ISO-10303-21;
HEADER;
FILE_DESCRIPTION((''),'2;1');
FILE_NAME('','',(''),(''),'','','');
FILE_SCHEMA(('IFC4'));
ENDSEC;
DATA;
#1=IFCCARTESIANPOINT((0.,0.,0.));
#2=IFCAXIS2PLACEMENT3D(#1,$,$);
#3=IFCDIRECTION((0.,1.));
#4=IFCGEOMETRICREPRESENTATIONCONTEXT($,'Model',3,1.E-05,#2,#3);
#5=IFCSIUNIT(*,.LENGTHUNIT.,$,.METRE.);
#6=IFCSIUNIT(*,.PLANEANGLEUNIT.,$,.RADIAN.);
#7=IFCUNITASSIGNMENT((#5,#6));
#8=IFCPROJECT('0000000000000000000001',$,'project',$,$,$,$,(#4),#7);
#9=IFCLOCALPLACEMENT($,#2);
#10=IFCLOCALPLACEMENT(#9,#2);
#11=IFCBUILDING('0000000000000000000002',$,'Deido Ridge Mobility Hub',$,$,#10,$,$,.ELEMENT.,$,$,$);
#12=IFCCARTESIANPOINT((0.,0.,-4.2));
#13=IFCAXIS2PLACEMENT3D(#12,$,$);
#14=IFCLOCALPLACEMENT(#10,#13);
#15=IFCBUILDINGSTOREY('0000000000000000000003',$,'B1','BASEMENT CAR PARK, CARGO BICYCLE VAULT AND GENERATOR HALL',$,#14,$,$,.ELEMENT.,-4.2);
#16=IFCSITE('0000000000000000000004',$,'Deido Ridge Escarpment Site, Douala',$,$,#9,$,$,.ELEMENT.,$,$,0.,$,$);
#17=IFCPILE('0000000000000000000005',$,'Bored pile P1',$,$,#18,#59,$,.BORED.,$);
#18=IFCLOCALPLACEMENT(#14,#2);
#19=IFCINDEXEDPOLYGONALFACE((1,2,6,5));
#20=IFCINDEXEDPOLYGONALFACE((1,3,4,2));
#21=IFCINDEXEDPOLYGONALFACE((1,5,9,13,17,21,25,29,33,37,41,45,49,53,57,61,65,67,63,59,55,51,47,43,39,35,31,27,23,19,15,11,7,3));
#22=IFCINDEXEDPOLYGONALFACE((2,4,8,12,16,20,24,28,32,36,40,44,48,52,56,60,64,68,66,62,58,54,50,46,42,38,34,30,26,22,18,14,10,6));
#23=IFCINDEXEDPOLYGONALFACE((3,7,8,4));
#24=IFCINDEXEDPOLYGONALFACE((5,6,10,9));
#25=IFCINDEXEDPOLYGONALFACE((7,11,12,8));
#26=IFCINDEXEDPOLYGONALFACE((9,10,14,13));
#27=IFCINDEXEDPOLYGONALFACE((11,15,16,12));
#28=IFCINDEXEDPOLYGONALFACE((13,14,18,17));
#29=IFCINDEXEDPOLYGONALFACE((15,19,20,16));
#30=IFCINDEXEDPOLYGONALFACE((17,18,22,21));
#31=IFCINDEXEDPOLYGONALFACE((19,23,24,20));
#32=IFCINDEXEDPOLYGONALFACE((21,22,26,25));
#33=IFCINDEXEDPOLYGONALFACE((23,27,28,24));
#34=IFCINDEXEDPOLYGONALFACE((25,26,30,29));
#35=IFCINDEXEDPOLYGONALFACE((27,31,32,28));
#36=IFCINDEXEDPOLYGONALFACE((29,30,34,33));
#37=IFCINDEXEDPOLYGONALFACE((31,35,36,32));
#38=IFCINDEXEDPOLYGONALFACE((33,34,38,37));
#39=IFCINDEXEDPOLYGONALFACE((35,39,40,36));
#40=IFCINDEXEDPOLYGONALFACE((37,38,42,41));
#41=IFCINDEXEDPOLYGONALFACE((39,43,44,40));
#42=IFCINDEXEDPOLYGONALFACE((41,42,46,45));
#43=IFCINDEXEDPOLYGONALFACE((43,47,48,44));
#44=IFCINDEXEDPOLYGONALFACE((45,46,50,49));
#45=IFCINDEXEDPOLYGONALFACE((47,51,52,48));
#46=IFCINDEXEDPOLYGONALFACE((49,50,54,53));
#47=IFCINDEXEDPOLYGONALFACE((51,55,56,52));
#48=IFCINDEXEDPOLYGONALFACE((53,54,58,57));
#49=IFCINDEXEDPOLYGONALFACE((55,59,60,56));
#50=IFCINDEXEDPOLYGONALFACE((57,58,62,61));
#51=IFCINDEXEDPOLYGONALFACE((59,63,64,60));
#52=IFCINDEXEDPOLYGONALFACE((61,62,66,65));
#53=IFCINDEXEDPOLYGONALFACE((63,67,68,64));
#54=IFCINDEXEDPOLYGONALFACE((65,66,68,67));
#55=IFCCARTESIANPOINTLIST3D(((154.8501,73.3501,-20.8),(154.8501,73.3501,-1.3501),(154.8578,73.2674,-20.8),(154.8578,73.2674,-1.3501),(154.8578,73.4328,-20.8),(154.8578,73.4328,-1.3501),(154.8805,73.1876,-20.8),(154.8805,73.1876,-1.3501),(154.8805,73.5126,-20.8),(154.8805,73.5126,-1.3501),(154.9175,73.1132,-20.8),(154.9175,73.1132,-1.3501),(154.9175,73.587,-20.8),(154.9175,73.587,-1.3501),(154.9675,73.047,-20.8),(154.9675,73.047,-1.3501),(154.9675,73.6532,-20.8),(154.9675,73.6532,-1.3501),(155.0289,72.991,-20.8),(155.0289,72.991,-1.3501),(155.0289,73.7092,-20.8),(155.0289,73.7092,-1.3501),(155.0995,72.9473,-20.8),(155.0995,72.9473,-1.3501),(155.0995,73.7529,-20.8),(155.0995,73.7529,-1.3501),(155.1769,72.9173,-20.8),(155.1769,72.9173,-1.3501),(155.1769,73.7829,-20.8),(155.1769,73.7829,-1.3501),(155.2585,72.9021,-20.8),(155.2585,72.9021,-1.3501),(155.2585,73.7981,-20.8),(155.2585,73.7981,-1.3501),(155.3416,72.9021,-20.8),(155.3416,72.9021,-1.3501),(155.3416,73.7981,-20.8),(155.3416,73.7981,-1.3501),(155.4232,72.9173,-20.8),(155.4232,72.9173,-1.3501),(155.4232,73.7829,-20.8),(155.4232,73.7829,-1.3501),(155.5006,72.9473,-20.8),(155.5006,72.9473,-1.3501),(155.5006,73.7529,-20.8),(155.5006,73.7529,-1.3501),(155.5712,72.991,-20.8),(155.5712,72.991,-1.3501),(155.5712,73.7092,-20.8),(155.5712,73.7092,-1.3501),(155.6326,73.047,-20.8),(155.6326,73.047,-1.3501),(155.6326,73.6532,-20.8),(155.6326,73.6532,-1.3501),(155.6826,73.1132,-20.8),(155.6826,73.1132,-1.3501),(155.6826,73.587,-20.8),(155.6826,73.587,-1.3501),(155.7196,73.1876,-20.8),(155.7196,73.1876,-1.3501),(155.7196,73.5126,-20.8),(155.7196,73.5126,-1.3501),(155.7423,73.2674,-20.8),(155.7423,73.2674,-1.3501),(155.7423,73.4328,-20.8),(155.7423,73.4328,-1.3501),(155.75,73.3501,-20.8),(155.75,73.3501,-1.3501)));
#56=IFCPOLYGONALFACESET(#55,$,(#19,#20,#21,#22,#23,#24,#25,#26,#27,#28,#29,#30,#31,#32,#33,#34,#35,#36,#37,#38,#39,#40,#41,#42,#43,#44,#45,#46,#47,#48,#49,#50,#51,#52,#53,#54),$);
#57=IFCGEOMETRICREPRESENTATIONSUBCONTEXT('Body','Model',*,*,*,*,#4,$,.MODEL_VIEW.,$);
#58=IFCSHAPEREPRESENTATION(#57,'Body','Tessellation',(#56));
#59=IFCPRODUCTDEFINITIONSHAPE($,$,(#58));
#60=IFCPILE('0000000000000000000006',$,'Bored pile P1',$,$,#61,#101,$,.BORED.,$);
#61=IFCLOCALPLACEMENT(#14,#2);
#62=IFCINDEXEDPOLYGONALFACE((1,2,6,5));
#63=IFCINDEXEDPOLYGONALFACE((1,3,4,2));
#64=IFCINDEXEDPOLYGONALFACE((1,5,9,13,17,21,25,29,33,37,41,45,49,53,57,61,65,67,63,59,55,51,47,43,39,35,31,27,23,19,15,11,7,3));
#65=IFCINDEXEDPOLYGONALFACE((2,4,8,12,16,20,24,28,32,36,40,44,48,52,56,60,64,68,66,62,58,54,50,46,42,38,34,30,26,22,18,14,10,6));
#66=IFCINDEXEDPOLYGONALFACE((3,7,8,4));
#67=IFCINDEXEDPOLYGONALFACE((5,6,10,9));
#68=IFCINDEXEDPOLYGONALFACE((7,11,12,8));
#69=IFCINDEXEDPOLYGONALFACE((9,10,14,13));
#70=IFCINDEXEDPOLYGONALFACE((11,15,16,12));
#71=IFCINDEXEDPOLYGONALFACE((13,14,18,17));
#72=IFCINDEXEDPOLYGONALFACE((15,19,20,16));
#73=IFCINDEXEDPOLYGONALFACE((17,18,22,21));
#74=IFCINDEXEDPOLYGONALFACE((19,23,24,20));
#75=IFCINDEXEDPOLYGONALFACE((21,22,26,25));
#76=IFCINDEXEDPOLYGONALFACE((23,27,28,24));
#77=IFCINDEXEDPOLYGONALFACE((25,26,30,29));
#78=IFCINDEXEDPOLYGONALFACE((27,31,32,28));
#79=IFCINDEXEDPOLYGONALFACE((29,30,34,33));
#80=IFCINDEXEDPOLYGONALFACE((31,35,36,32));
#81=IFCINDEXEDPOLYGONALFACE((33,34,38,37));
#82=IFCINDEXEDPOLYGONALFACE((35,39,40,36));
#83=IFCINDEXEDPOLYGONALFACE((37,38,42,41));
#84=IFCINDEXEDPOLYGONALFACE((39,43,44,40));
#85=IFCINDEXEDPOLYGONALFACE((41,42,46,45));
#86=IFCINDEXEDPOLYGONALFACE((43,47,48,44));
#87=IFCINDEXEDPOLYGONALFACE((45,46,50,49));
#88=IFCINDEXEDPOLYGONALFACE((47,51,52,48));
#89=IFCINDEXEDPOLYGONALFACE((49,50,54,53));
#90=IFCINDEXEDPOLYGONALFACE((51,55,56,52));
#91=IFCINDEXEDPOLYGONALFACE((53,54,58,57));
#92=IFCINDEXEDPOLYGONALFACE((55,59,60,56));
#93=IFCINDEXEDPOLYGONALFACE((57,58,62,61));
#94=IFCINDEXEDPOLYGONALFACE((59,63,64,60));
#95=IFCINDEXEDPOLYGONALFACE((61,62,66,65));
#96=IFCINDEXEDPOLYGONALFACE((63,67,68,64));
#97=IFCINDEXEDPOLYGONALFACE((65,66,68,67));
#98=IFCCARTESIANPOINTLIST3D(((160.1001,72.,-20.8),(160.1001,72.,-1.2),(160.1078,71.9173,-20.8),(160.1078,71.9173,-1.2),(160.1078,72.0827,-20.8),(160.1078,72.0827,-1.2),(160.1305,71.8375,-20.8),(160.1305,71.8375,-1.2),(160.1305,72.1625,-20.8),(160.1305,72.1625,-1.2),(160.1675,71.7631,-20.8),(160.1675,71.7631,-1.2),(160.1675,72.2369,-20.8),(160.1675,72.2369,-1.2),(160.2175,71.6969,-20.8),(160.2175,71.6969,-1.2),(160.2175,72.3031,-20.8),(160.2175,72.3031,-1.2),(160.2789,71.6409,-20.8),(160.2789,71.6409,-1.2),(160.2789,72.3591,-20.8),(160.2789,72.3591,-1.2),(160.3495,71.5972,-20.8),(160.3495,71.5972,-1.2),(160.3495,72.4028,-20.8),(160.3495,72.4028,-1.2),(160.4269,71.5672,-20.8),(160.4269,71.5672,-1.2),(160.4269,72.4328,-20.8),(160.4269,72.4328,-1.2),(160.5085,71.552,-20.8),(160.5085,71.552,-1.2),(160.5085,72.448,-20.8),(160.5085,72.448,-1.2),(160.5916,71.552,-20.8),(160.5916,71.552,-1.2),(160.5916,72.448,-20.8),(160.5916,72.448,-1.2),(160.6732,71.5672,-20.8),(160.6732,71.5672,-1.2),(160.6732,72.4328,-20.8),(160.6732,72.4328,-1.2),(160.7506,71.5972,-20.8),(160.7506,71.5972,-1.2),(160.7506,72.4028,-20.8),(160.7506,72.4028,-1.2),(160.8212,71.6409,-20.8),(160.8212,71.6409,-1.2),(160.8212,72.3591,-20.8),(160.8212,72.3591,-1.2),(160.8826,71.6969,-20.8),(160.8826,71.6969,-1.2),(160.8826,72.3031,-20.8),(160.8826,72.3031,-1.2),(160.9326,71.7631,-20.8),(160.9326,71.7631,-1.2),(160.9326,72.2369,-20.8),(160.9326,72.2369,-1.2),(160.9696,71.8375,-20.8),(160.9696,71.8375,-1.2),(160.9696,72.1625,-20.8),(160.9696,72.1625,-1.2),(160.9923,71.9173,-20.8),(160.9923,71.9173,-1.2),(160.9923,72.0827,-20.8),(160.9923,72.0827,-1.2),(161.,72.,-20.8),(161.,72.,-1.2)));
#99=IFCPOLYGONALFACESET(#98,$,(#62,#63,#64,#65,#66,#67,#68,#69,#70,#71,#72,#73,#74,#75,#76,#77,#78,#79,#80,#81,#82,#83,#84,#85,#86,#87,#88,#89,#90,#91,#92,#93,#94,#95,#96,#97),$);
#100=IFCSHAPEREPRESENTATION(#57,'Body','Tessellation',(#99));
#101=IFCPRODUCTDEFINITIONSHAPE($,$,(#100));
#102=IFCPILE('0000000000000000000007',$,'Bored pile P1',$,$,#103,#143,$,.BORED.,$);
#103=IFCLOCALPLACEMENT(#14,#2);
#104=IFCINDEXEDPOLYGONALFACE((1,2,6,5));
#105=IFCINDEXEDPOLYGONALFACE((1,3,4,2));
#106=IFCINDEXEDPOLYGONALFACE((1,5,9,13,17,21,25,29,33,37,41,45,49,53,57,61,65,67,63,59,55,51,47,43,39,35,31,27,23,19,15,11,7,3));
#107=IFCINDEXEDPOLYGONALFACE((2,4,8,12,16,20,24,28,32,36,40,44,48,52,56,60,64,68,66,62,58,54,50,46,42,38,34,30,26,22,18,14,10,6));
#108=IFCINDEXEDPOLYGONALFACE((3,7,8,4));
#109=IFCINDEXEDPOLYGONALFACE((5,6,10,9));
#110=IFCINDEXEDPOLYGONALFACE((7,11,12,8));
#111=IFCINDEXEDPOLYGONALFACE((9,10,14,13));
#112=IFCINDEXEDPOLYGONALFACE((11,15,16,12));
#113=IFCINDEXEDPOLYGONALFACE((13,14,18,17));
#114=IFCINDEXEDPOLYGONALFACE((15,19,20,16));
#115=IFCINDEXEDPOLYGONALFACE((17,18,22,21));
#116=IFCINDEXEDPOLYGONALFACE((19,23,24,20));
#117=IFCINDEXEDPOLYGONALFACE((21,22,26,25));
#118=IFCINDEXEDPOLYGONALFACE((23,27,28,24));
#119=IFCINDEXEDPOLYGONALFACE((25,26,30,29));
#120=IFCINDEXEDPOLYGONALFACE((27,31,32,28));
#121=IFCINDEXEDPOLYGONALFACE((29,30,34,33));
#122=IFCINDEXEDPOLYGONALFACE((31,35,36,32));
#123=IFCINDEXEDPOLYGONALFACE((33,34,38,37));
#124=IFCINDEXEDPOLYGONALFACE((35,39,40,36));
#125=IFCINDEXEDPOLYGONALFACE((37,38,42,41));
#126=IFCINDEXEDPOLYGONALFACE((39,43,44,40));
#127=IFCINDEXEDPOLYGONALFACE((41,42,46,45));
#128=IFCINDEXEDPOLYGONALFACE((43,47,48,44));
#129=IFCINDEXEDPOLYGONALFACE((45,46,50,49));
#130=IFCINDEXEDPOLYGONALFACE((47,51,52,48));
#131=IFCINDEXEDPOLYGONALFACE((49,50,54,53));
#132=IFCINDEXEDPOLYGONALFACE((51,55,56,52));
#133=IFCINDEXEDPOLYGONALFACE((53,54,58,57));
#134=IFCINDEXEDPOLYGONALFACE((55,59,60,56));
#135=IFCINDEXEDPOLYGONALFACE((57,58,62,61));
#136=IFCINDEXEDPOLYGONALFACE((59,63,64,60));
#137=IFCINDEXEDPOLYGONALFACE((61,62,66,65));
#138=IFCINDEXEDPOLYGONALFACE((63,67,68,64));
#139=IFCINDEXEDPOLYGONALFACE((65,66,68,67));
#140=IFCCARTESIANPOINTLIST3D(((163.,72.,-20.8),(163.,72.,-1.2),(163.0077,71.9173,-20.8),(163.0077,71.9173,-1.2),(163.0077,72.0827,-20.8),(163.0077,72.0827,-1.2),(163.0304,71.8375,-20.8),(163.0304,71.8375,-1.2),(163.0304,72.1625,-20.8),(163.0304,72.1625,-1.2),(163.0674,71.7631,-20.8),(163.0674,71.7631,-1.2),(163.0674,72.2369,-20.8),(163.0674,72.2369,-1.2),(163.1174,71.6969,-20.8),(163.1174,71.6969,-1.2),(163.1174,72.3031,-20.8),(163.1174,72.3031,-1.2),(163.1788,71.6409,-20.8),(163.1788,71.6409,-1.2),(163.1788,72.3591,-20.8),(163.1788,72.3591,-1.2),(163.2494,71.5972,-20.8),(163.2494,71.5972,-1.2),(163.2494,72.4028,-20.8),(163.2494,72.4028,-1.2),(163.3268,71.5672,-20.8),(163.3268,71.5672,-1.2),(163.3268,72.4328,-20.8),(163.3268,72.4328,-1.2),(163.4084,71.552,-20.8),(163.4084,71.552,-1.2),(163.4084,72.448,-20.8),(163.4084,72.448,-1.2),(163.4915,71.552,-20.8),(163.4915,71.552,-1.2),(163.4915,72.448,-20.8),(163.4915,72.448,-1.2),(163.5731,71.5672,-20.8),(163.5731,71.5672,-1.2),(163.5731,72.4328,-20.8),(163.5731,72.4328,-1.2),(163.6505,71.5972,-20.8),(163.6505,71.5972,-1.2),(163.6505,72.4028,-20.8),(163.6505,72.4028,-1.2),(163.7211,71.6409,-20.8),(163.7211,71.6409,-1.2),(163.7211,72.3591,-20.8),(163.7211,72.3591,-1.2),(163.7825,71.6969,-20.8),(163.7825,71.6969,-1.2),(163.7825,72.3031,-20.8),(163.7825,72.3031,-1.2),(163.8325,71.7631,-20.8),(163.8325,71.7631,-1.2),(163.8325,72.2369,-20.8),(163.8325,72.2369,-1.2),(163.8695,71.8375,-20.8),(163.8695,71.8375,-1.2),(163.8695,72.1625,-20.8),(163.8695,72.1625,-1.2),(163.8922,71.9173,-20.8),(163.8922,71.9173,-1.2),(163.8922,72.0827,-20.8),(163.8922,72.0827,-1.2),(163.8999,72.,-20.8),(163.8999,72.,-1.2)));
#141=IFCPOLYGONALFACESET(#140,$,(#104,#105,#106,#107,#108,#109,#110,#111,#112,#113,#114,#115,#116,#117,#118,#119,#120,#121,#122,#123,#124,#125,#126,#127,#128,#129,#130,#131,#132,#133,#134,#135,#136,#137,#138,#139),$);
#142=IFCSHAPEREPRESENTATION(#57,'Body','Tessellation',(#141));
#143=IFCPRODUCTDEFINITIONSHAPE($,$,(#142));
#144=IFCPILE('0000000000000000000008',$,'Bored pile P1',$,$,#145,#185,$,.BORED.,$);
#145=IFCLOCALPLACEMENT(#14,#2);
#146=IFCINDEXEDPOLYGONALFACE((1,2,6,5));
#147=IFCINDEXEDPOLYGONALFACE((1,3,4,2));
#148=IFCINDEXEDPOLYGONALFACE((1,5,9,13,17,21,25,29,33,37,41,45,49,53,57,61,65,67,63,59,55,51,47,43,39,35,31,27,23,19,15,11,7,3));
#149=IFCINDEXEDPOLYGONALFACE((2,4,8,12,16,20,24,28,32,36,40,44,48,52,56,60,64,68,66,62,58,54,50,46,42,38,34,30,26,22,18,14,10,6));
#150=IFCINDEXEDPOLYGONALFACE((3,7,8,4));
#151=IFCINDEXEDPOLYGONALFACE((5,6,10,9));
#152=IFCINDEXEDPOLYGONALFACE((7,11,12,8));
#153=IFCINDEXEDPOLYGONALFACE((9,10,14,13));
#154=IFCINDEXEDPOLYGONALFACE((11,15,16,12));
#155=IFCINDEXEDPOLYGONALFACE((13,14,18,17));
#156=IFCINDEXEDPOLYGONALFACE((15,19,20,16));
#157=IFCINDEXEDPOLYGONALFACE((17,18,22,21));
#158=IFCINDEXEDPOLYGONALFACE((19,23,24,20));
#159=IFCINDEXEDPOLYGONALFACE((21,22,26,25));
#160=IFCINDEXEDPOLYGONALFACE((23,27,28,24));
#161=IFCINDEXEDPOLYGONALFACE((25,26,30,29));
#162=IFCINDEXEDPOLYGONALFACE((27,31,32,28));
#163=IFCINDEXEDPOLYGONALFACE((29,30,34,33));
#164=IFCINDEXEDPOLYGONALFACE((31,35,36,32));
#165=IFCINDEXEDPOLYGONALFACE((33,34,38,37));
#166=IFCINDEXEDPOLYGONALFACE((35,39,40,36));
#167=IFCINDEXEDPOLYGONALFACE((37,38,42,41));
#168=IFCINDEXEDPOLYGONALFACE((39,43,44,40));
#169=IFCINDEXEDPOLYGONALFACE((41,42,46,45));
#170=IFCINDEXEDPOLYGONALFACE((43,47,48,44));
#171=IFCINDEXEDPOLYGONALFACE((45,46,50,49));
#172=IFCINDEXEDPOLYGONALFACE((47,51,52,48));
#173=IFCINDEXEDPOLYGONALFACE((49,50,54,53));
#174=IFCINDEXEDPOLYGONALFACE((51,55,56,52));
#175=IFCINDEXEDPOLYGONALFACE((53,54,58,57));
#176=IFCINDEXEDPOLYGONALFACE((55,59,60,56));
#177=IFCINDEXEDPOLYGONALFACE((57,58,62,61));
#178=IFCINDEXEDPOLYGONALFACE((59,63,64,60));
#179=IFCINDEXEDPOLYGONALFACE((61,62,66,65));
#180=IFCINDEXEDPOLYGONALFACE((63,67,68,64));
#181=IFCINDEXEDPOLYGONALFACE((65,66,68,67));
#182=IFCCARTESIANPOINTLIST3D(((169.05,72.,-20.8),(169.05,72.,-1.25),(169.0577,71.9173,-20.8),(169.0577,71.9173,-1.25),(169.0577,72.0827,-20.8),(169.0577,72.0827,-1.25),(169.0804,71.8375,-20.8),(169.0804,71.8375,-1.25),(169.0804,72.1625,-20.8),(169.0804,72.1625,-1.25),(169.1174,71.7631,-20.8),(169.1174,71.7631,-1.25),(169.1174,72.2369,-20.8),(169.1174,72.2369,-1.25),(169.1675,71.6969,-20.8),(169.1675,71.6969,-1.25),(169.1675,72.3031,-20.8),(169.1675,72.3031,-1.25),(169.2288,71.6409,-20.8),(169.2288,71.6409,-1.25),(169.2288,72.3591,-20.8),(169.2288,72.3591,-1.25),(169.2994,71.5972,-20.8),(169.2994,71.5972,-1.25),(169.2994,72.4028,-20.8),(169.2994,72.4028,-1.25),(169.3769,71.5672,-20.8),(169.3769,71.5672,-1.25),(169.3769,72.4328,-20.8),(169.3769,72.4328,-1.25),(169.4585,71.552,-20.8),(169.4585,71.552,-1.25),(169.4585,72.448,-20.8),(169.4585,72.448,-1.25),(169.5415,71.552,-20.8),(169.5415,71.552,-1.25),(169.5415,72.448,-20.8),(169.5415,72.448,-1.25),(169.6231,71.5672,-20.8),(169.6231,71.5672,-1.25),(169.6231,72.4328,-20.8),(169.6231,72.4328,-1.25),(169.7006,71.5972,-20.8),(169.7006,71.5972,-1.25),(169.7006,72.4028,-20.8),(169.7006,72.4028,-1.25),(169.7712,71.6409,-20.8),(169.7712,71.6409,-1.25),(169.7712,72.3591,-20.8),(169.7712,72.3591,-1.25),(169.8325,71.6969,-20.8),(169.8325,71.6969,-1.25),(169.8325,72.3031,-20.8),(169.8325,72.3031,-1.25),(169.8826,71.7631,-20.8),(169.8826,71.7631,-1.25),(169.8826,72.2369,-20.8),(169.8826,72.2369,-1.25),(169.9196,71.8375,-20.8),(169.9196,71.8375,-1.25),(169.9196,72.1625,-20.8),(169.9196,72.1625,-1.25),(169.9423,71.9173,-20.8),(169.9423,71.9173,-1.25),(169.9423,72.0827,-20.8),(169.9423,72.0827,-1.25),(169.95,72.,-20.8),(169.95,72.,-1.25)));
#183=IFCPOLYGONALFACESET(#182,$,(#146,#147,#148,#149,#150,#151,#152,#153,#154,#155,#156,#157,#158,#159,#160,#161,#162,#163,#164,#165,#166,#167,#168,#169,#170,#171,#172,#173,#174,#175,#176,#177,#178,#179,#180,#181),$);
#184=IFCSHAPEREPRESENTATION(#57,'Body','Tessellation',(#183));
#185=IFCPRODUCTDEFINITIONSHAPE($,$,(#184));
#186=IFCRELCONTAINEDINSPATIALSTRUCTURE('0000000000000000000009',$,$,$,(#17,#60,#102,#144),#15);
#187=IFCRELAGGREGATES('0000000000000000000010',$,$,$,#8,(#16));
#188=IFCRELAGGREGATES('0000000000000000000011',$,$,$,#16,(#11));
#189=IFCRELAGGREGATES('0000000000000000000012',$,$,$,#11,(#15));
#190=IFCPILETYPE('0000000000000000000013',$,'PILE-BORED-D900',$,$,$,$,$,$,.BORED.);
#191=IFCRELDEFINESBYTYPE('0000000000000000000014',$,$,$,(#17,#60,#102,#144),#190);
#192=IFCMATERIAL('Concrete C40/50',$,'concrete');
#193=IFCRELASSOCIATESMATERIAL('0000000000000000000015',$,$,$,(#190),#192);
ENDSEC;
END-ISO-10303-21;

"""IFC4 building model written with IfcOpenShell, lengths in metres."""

from ifc_helpers import new_model, si_unit, direction, frame, origin, origin_2d, place, context, subcontext, project, spatial, circle, extrude, material, material_profile, profile_set, type_object, element, save


model = new_model("IFC4")

# Units and contexts
model_context = context("Model", 3, precision=1e-05, world=origin(), true_north=direction((0.0, 1.0)))
body_context = subcontext(model_context, "Body", "Model", "MODEL_VIEW")
ifc_project = project(units=[si_unit("LENGTHUNIT", "METRE"), si_unit("PLANEANGLEUNIT", "RADIAN")], contexts=[model_context])

# Site, building, storey
site_placement = place(None, origin())
site = spatial("IfcSite", under=ifc_project, at=site_placement, Name="Deido Ridge Escarpment Site, Douala", CompositionType="ELEMENT", RefElevation=0.0)
building_placement = place(site_placement, origin())
building = spatial("IfcBuilding", under=site, at=building_placement, Name="Deido Ridge Mobility Hub", CompositionType="ELEMENT")
storey_placement = place(building_placement, frame((0.0, 0.0, -4.2)))
storey = spatial("IfcBuildingStorey", under=building, at=storey_placement, Name="B1", Description="BASEMENT CAR PARK, CARGO BICYCLE VAULT AND GENERATOR HALL", CompositionType="ELEMENT", Elevation=-4.2)

# Shared definitions
ifc_material_1 = material(Name="Concrete C40/50", Category="concrete")

# Piles
ifc_material_profile_1 = material_profile(ifc_material_1, circle(Radius=0.45, at=origin_2d()), Name="BORED PILE D900")
ifc_profile_set_1 = profile_set([ifc_material_profile_1], Name="Concrete C40/50")
pile_type = type_object("IfcPileType", Name="PILE-BORED-D900", PredefinedType="BORED", material=ifc_profile_set_1)
for number, where, z_axis, x_axis, name in (
    (1, (155.3, 73.3501, -1.3501), (0.0, 0.0, -1.0), (1.0, 0.0, 0.0), "Bored pile P1"),
):
    element("IfcPile", number, at=place(storey_placement, frame(where, z_axis=z_axis, x_axis=x_axis)), inside=storey, type_object=pile_type, Name=name, PredefinedType="BORED", context=body_context, shape_type="SweptSolid", body=[
        extrude(circle(Radius=0.45, at=origin_2d()), origin(), (0.0, 0.0, 1.0), 19.45),
    ])
for number, where, z_axis, x_axis, name in (
    (2, (160.55, 72.0, -1.2), (0.0, 0.0, -1.0), (1.0, 0.0, 0.0), "Bored pile P1"),
    (3, (163.45, 72.0, -1.2), (0.0, 0.0, -1.0), (1.0, 0.0, 0.0), "Bored pile P1"),
):
    element("IfcPile", number, at=place(storey_placement, frame(where, z_axis=z_axis, x_axis=x_axis)), inside=storey, type_object=pile_type, Name=name, PredefinedType="BORED", context=body_context, shape_type="SweptSolid", body=[
        extrude(circle(Radius=0.45, at=origin_2d()), origin(), (0.0, 0.0, 1.0), 19.6001),
    ])
for number, where, z_axis, x_axis, name in (
    (4, (169.5, 72.0, -1.25), (0.0, 0.0, -1.0), (1.0, 0.0, 0.0), "Bored pile P1"),
):
    element("IfcPile", number, at=place(storey_placement, frame(where, z_axis=z_axis, x_axis=x_axis)), inside=storey, type_object=pile_type, Name=name, PredefinedType="BORED", context=body_context, shape_type="SweptSolid", body=[
        extrude(circle(Radius=0.45, at=origin_2d()), origin(), (0.0, 0.0, 1.0), 19.55),
    ])

save(model, "model.ifc")
